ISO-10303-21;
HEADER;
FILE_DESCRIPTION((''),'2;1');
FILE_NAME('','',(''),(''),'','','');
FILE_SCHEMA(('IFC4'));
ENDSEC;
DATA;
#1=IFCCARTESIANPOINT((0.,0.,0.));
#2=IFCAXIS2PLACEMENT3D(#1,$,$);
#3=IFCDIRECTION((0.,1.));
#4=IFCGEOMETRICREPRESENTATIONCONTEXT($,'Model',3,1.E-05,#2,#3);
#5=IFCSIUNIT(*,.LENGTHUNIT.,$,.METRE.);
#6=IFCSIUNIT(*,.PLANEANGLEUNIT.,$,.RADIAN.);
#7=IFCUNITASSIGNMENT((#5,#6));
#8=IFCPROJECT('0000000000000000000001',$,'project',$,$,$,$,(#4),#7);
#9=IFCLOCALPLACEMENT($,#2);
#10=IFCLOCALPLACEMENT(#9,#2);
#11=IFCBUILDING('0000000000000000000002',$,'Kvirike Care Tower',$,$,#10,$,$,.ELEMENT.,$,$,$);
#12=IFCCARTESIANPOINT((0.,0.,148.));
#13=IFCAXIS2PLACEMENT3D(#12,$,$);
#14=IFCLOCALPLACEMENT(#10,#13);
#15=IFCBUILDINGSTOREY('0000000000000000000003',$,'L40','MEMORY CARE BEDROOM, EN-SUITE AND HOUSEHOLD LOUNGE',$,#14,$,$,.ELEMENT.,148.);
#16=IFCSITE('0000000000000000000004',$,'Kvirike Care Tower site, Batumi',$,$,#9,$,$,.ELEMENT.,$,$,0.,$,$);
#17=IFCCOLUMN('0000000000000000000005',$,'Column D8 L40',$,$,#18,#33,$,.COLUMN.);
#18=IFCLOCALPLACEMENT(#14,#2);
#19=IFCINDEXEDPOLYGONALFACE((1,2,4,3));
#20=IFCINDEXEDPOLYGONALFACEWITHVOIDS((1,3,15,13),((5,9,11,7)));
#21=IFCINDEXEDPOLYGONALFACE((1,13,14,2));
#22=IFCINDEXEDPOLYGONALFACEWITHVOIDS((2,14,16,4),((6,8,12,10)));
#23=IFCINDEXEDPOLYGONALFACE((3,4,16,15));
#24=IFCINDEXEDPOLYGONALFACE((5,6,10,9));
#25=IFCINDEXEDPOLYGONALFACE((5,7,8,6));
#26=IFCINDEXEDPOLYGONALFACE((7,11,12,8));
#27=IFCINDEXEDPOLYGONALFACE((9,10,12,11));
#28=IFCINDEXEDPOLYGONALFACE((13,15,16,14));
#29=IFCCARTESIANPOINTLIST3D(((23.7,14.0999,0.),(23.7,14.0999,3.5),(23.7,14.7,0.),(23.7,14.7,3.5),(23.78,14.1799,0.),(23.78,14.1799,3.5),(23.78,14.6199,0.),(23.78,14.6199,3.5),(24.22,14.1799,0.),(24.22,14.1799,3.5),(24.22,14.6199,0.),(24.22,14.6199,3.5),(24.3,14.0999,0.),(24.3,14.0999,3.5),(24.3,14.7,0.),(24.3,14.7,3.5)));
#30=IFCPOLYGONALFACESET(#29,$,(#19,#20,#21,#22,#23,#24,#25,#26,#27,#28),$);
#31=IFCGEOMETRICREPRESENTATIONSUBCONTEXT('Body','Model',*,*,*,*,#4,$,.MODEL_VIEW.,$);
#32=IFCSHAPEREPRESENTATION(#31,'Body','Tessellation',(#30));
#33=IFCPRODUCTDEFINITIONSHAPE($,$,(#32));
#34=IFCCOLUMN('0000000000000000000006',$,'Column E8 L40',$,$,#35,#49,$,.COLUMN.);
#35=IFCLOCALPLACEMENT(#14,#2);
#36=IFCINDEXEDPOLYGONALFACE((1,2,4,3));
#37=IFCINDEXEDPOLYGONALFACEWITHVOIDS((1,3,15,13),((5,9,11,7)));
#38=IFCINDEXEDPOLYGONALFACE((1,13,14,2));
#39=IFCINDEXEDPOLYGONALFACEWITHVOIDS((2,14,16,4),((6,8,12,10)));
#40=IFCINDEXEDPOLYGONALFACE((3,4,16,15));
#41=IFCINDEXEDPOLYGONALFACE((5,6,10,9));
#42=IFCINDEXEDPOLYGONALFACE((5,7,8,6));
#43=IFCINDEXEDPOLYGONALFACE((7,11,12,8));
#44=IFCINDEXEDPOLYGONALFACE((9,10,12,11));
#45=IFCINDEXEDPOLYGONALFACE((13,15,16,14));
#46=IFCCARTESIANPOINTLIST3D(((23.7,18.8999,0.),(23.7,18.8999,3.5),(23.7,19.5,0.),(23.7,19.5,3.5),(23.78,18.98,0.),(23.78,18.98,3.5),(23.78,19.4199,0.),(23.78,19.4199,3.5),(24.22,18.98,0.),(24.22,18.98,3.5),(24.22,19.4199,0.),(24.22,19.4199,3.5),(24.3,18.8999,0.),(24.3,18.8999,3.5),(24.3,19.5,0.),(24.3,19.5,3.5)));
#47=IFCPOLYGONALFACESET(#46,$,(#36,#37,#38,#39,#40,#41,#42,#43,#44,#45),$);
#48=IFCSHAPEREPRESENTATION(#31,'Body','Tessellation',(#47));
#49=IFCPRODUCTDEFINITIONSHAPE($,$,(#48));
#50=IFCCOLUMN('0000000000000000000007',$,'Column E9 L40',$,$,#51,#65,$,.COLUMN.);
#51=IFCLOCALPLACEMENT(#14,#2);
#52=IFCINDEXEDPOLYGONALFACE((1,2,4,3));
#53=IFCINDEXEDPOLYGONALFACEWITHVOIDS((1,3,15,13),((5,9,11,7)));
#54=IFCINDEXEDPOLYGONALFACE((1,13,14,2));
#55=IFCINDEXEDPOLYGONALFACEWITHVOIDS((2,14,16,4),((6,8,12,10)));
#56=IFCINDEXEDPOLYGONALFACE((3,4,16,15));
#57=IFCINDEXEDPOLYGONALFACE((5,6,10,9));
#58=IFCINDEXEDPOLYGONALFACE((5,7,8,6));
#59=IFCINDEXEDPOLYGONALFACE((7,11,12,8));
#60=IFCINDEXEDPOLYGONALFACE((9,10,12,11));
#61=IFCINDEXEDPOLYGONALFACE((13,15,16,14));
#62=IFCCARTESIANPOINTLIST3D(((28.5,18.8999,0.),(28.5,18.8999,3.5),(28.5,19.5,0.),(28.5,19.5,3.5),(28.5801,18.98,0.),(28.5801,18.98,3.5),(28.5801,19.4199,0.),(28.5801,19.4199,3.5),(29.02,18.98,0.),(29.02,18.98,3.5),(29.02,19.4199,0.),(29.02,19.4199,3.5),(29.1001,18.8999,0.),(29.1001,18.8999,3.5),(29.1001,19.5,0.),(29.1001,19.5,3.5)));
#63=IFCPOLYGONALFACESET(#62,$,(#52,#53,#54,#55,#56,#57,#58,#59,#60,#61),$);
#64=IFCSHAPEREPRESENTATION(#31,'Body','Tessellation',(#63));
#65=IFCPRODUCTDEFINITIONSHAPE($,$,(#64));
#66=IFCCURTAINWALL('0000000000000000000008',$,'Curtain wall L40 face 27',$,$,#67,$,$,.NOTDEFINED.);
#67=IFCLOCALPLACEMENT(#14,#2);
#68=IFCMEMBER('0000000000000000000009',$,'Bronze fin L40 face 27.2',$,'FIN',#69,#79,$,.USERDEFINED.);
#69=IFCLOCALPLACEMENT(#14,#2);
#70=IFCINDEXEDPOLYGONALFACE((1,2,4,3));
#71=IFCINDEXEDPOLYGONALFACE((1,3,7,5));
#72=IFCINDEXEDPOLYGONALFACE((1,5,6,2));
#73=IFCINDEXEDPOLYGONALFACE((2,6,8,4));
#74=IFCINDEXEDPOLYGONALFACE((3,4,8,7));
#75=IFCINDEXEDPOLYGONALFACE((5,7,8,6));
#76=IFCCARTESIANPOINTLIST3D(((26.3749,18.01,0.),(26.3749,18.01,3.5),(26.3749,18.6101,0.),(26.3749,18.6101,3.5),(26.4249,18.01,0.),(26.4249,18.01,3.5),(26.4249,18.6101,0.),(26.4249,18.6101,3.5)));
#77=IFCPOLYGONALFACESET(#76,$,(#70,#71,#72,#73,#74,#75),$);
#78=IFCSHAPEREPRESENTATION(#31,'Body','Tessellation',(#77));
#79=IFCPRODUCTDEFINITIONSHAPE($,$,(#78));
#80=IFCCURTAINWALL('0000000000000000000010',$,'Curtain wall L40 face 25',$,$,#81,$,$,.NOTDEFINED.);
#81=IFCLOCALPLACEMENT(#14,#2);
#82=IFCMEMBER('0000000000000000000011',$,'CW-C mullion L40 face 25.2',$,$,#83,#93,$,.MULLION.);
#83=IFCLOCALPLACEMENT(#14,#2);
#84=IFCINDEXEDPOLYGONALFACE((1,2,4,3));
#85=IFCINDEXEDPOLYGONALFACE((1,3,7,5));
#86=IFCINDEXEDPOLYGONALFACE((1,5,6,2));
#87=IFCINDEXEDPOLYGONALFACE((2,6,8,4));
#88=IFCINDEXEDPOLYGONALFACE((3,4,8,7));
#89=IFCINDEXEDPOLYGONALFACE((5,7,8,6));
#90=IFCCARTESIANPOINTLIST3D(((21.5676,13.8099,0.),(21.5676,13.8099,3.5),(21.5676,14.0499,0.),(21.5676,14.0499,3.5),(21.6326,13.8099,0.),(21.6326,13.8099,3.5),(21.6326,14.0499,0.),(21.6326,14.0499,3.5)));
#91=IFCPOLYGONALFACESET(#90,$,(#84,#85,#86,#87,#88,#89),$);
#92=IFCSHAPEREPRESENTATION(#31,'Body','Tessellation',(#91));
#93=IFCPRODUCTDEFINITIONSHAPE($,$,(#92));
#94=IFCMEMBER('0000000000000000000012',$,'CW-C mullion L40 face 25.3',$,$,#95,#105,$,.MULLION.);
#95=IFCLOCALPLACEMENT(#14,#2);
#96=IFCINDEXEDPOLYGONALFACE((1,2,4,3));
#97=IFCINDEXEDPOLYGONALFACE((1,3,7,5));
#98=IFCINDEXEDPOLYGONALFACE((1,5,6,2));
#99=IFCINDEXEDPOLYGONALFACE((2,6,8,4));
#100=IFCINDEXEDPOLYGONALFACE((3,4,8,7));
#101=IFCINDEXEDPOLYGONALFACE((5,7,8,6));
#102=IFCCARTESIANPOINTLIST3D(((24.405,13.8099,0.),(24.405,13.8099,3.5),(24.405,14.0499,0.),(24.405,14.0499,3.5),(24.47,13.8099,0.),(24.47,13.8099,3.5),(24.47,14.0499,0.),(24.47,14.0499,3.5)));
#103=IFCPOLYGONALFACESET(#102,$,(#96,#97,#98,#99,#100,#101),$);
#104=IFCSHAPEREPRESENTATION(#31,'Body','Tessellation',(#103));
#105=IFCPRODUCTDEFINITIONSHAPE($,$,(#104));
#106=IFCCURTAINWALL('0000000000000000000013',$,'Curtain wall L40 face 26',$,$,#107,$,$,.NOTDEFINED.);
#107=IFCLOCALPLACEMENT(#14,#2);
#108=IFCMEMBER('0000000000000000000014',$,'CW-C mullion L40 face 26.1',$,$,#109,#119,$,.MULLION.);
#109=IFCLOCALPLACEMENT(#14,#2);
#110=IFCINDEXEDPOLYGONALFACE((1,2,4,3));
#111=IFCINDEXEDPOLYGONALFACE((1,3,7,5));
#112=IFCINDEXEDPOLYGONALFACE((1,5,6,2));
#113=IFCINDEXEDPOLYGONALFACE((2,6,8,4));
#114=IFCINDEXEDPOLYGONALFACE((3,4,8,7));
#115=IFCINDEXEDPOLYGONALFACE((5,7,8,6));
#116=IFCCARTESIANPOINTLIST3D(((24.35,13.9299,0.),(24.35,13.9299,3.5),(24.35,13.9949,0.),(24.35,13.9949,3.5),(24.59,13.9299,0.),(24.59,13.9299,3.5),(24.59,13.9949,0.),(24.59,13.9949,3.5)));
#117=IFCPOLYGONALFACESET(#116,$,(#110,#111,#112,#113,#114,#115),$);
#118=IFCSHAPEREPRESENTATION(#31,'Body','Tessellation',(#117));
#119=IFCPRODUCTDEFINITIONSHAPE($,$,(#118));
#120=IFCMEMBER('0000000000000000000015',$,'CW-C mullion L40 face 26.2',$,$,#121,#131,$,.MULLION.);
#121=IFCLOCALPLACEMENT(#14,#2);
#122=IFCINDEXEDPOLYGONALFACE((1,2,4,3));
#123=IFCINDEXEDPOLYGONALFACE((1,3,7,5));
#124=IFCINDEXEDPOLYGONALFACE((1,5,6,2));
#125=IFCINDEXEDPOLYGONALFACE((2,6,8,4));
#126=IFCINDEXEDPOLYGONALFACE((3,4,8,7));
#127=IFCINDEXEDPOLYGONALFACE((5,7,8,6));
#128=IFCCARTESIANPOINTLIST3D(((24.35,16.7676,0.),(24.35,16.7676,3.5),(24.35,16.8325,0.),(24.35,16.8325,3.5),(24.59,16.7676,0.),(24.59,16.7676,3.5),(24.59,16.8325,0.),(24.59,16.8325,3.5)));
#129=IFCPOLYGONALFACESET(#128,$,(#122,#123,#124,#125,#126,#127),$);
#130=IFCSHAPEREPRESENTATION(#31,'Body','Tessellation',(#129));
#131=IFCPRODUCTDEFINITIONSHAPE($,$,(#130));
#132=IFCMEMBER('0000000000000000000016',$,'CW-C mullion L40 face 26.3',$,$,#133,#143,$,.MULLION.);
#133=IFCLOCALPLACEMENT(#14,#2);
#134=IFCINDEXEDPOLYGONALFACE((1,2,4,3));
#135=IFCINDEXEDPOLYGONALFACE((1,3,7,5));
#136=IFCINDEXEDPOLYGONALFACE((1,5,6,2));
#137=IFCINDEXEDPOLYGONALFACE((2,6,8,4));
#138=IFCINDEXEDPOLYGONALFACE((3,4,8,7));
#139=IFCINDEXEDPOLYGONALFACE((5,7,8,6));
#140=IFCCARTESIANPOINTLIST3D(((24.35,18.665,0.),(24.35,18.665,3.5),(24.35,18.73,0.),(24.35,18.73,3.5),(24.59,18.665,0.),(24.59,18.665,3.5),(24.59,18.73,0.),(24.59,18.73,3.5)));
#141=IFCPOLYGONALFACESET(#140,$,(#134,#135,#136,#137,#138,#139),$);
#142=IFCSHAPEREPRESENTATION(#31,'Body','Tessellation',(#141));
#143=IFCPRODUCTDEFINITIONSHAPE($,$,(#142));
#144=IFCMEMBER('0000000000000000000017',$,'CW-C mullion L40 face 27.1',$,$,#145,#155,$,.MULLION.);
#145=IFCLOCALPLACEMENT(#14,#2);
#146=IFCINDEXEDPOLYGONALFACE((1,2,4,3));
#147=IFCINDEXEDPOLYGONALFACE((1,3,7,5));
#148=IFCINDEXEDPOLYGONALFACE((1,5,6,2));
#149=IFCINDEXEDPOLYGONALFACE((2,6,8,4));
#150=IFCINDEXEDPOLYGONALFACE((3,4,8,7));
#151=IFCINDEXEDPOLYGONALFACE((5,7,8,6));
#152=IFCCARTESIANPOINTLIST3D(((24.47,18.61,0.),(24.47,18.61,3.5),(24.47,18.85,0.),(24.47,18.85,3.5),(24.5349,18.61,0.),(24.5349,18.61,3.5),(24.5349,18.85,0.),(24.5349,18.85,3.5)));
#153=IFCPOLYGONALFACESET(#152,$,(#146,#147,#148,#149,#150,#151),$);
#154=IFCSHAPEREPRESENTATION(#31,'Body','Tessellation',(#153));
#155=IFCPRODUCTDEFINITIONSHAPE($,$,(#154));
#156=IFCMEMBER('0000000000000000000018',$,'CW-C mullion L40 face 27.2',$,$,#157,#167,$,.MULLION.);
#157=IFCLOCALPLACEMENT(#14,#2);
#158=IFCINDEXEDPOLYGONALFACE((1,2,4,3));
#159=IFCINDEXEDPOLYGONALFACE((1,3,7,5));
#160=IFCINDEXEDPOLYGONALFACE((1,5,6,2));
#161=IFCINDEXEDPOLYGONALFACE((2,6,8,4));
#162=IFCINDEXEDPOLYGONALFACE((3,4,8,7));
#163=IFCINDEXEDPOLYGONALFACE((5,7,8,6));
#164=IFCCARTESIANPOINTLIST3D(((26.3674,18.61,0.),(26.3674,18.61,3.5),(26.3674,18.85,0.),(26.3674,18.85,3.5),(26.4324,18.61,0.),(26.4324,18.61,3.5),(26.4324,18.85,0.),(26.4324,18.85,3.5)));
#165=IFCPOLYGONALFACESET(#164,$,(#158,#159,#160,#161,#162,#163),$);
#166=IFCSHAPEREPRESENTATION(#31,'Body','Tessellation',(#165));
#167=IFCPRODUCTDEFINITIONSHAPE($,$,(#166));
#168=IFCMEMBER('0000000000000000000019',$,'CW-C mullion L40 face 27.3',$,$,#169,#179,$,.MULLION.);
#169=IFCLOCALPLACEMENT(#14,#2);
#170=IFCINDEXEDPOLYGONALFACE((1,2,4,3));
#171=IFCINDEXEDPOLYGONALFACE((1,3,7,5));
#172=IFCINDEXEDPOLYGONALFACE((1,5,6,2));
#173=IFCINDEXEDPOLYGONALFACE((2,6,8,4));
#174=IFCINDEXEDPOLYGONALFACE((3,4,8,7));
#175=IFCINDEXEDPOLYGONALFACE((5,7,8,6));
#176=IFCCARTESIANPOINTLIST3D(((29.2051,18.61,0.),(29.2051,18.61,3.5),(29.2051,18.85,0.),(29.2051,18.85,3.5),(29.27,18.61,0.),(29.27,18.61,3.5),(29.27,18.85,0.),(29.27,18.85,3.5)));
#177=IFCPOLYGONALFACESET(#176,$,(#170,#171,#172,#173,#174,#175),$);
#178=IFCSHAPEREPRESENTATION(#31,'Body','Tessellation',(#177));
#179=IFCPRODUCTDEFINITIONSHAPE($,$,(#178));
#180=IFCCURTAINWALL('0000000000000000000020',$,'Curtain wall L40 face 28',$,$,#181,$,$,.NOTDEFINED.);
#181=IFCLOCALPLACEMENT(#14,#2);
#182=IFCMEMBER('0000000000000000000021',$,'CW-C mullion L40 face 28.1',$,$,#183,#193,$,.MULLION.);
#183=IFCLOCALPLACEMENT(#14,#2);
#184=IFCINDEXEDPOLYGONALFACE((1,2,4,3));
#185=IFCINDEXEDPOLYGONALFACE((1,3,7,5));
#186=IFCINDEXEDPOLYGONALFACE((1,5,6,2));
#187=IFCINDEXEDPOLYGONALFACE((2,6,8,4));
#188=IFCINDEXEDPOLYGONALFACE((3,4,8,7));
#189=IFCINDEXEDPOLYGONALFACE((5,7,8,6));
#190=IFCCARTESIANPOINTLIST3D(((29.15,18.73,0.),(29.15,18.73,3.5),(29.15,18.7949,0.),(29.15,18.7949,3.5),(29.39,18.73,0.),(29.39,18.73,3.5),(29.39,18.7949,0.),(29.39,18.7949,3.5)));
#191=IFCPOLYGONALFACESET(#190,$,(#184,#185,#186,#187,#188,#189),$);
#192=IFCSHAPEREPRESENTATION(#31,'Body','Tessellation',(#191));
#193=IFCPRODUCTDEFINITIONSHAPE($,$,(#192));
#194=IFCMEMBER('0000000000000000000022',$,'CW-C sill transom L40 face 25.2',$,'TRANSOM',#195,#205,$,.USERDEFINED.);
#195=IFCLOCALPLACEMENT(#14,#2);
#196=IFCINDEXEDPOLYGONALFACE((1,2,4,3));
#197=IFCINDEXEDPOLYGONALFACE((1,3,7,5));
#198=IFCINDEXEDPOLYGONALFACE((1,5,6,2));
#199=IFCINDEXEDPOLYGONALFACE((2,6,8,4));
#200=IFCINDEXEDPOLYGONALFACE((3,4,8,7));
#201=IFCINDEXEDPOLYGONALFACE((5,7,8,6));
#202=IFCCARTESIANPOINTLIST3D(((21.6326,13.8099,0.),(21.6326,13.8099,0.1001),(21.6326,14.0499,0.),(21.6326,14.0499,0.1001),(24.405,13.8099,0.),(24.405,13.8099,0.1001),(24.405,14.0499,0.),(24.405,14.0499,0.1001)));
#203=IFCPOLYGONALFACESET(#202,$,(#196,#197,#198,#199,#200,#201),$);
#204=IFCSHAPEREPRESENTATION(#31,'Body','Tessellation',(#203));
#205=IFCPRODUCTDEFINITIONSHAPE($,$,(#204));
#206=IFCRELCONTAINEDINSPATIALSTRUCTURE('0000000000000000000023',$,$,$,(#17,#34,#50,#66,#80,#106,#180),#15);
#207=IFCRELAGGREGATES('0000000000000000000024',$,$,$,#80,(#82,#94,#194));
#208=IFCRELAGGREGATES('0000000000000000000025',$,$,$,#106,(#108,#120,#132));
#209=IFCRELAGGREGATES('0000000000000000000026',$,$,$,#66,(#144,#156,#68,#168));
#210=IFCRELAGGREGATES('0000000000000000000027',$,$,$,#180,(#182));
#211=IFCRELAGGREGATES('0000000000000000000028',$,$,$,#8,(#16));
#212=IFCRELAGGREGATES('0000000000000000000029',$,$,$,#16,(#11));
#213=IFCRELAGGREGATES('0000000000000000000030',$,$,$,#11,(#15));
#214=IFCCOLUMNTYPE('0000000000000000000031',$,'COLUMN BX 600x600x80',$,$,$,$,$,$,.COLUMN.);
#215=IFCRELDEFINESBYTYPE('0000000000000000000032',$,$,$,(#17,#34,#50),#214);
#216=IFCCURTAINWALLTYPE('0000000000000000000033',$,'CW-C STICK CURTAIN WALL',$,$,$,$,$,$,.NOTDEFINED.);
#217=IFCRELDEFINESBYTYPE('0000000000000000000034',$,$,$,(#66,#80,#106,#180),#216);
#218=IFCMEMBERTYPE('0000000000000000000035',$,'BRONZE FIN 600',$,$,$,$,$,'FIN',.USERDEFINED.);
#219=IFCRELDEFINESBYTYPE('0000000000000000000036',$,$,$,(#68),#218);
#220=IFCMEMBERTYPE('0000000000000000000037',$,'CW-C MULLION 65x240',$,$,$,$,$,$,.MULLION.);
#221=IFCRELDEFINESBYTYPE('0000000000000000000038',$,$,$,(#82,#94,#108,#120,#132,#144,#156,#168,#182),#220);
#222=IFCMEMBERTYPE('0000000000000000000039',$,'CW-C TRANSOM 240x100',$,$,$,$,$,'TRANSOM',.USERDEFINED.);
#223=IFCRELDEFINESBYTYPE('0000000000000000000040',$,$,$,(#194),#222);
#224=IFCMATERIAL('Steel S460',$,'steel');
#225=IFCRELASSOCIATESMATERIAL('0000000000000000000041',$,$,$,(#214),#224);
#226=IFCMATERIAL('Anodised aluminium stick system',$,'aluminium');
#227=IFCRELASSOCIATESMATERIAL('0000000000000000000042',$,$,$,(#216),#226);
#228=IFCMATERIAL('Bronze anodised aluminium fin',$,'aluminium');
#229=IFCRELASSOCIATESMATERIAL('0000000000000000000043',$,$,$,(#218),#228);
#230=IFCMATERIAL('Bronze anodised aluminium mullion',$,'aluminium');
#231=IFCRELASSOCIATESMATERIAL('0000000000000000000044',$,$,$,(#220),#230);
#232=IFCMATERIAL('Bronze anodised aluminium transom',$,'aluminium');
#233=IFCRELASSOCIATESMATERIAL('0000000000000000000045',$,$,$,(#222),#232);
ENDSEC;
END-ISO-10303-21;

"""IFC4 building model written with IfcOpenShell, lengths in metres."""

from ifc_helpers import new_model, si_unit, direction, frame, origin, origin_2d, place, context, subcontext, project, spatial, rectangle, hollow_rectangle, extrude, material, material_profile, profile_set, type_object, element, aggregate, save


model = new_model("IFC4")

# Units and contexts
model_context = context("Model", 3, precision=1e-05, world=origin(), true_north=direction((0.0, 1.0)))
body_context = subcontext(model_context, "Body", "Model", "MODEL_VIEW")
ifc_project = project(units=[si_unit("LENGTHUNIT", "METRE"), si_unit("PLANEANGLEUNIT", "RADIAN")], contexts=[model_context])

# Site, building, storey
site_placement = place(None, origin())
site = spatial("IfcSite", under=ifc_project, at=site_placement, Name="Kvirike Care Tower site, Batumi", CompositionType="ELEMENT", RefElevation=0.0)
building_placement = place(site_placement, origin())
building = spatial("IfcBuilding", under=site, at=building_placement, Name="Kvirike Care Tower", CompositionType="ELEMENT")
storey_placement = place(building_placement, frame((0.0, 0.0, 148.0)))
storey = spatial("IfcBuildingStorey", under=building, at=storey_placement, Name="L40", Description="MEMORY CARE BEDROOM, EN-SUITE AND HOUSEHOLD LOUNGE", CompositionType="ELEMENT", Elevation=148.0)

# Columns
ifc_material_1 = material(Name="Steel S460", Category="steel")
ifc_material_profile_1 = material_profile(ifc_material_1, hollow_rectangle(XDim=0.6001, YDim=0.6001, WallThickness=0.0801, at=origin_2d()), Name="BX 600x600x80")
ifc_profile_set_1 = profile_set([ifc_material_profile_1], Name="Steel S460")
column_type = type_object("IfcColumnType", Name="COLUMN BX 600x600x80", PredefinedType="COLUMN", material=ifc_profile_set_1)
for number, where, z_axis, x_axis, name in (
    (1, (24.0, 14.3999, 0.0), (0.0, 0.0, 1.0), (0.0, 1.0, 0.0), "Column D8 L40"),
    (2, (24.0, 19.2, 0.0), (0.0, 0.0, 1.0), (0.0, 1.0, 0.0), "Column E8 L40"),
    (3, (28.8, 19.2, 0.0), (0.0, 0.0, 1.0), (0.0, 1.0, 0.0), "Column E9 L40"),
):
    element("IfcColumn", number, at=place(storey_placement, frame(where, z_axis=z_axis, x_axis=x_axis)), inside=storey, type_object=column_type, Name=name, PredefinedType="COLUMN", context=body_context, shape_type="SweptSolid", body=[
        extrude(hollow_rectangle(XDim=0.6001, YDim=0.6001, WallThickness=0.0801, at=origin_2d()), origin(), (0.0, 0.0, 1.0), 3.5),
    ])

# Curtain wall, member
ifc_material_2 = material(Name="Anodised aluminium stick system", Category="aluminium")
curtain_wall_type = type_object("IfcCurtainWallType", Name="CW-C STICK CURTAIN WALL", PredefinedType="NOTDEFINED", material=ifc_material_2)
curtain_wall_1_placement = place(storey_placement, origin())
curtain_wall_1 = element("IfcCurtainWall", 4, at=curtain_wall_1_placement, inside=storey, type_object=curtain_wall_type, Name="Curtain wall L40 face 27", PredefinedType="NOTDEFINED")
ifc_material_3 = material(Name="Bronze anodised aluminium fin", Category="aluminium")
ifc_material_profile_2 = material_profile(ifc_material_3, rectangle(XDim=0.05, YDim=0.6001, at=origin_2d()), Name="BRONZE FIN 600")
ifc_profile_set_2 = profile_set([ifc_material_profile_2], Name="Bronze anodised aluminium fin")
member_type_1 = type_object("IfcMemberType", Name="BRONZE FIN 600", ElementType="FIN", PredefinedType="USERDEFINED", material=ifc_profile_set_2)
member_1_placement = place(storey_placement, frame((26.3999, 18.3101, 0.0), z_axis=(0.0, 0.0, 1.0), x_axis=(1.0, 0.0, 0.0)))
member_1 = element("IfcMember", 5, at=member_1_placement, type_object=member_type_1, Name="Bronze fin L40 face 27.2", ObjectType="FIN", PredefinedType="USERDEFINED", context=body_context, shape_type="SweptSolid", body=[
    extrude(rectangle(XDim=0.05, YDim=0.6001, at=origin_2d()), origin(), (0.0, 0.0, 1.0), 3.5),
])

# Curtain walls, members
curtain_wall_2_placement = place(storey_placement, origin())
curtain_wall_2 = element("IfcCurtainWall", 6, at=curtain_wall_2_placement, inside=storey, type_object=curtain_wall_type, Name="Curtain wall L40 face 25", PredefinedType="NOTDEFINED")
ifc_material_4 = material(Name="Bronze anodised aluminium mullion", Category="aluminium")
ifc_material_profile_3 = material_profile(ifc_material_4, rectangle(XDim=0.0649, YDim=0.24, at=origin_2d()), Name="CW-C MULLION 65x240")
ifc_profile_set_3 = profile_set([ifc_material_profile_3], Name="Bronze anodised aluminium mullion")
member_type_2 = type_object("IfcMemberType", Name="CW-C MULLION 65x240", PredefinedType="MULLION", material=ifc_profile_set_3)
member_2_placement = place(storey_placement, frame((21.6001, 13.9299, 0.0), z_axis=(0.0, 0.0, 1.0), x_axis=(1.0, 0.0, 0.0)))
member_2 = element("IfcMember", 7, at=member_2_placement, type_object=member_type_2, Name="CW-C mullion L40 face 25.2", PredefinedType="MULLION", context=body_context, shape_type="SweptSolid", body=[
    extrude(rectangle(XDim=0.0649, YDim=0.24, at=origin_2d()), origin(), (0.0, 0.0, 1.0), 3.5),
])
member_3_placement = place(storey_placement, frame((24.4375, 13.9299, 0.0), z_axis=(0.0, 0.0, 1.0), x_axis=(1.0, 0.0, 0.0)))
member_3 = element("IfcMember", 8, at=member_3_placement, type_object=member_type_2, Name="CW-C mullion L40 face 25.3", PredefinedType="MULLION", context=body_context, shape_type="SweptSolid", body=[
    extrude(rectangle(XDim=0.0649, YDim=0.24, at=origin_2d()), origin(), (0.0, 0.0, 1.0), 3.5),
])
curtain_wall_3_placement = place(storey_placement, origin())
curtain_wall_3 = element("IfcCurtainWall", 9, at=curtain_wall_3_placement, inside=storey, type_object=curtain_wall_type, Name="Curtain wall L40 face 26", PredefinedType="NOTDEFINED")
member_4_placement = place(storey_placement, frame((24.47, 13.9624, 0.0), z_axis=(0.0, 0.0, 1.0), x_axis=(0.0, 1.0, 0.0)))
member_4 = element("IfcMember", 10, at=member_4_placement, type_object=member_type_2, Name="CW-C mullion L40 face 26.1", PredefinedType="MULLION", context=body_context, shape_type="SweptSolid", body=[
    extrude(rectangle(XDim=0.0649, YDim=0.24, at=origin_2d()), origin(), (0.0, 0.0, 1.0), 3.5),
])
member_5_placement = place(storey_placement, frame((24.47, 16.8, 0.0), z_axis=(0.0, 0.0, 1.0), x_axis=(0.0, 1.0, 0.0)))
member_5 = element("IfcMember", 11, at=member_5_placement, type_object=member_type_2, Name="CW-C mullion L40 face 26.2", PredefinedType="MULLION", context=body_context, shape_type="SweptSolid", body=[
    extrude(rectangle(XDim=0.0649, YDim=0.24, at=origin_2d()), origin(), (0.0, 0.0, 1.0), 3.5),
])
member_6_placement = place(storey_placement, frame((24.47, 18.6975, 0.0), z_axis=(0.0, 0.0, 1.0), x_axis=(0.0, 1.0, 0.0)))
member_6 = element("IfcMember", 12, at=member_6_placement, type_object=member_type_2, Name="CW-C mullion L40 face 26.3", PredefinedType="MULLION", context=body_context, shape_type="SweptSolid", body=[
    extrude(rectangle(XDim=0.0649, YDim=0.24, at=origin_2d()), origin(), (0.0, 0.0, 1.0), 3.5),
])

# Members
member_7_placement = place(storey_placement, frame((24.5024, 18.73, 0.0), z_axis=(0.0, 0.0, 1.0), x_axis=(1.0, 0.0, 0.0)))
member_7 = element("IfcMember", 13, at=member_7_placement, type_object=member_type_2, Name="CW-C mullion L40 face 27.1", PredefinedType="MULLION", context=body_context, shape_type="SweptSolid", body=[
    extrude(rectangle(XDim=0.0649, YDim=0.24, at=origin_2d()), origin(), (0.0, 0.0, 1.0), 3.5),
])
member_8_placement = place(storey_placement, frame((26.3999, 18.73, 0.0), z_axis=(0.0, 0.0, 1.0), x_axis=(1.0, 0.0, 0.0)))
member_8 = element("IfcMember", 14, at=member_8_placement, type_object=member_type_2, Name="CW-C mullion L40 face 27.2", PredefinedType="MULLION", context=body_context, shape_type="SweptSolid", body=[
    extrude(rectangle(XDim=0.0649, YDim=0.24, at=origin_2d()), origin(), (0.0, 0.0, 1.0), 3.5),
])
member_9_placement = place(storey_placement, frame((29.2375, 18.73, 0.0), z_axis=(0.0, 0.0, 1.0), x_axis=(1.0, 0.0, 0.0)))
member_9 = element("IfcMember", 15, at=member_9_placement, type_object=member_type_2, Name="CW-C mullion L40 face 27.3", PredefinedType="MULLION", context=body_context, shape_type="SweptSolid", body=[
    extrude(rectangle(XDim=0.0649, YDim=0.24, at=origin_2d()), origin(), (0.0, 0.0, 1.0), 3.5),
])

# Curtain wall, member
curtain_wall_4_placement = place(storey_placement, origin())
curtain_wall_4 = element("IfcCurtainWall", 16, at=curtain_wall_4_placement, inside=storey, type_object=curtain_wall_type, Name="Curtain wall L40 face 28", PredefinedType="NOTDEFINED")
member_10_placement = place(storey_placement, frame((29.27, 18.7625, 0.0), z_axis=(0.0, 0.0, 1.0), x_axis=(0.0, 1.0, 0.0)))
member_10 = element("IfcMember", 17, at=member_10_placement, type_object=member_type_2, Name="CW-C mullion L40 face 28.1", PredefinedType="MULLION", context=body_context, shape_type="SweptSolid", body=[
    extrude(rectangle(XDim=0.0649, YDim=0.24, at=origin_2d()), origin(), (0.0, 0.0, 1.0), 3.5),
])

# Member
ifc_material_5 = material(Name="Bronze anodised aluminium transom", Category="aluminium")
ifc_material_profile_4 = material_profile(ifc_material_5, rectangle(XDim=0.24, YDim=0.1001, at=origin_2d()), Name="CW-C TRANSOM 240x100")
ifc_profile_set_4 = profile_set([ifc_material_profile_4], Name="Bronze anodised aluminium transom")
member_type_3 = type_object("IfcMemberType", Name="CW-C TRANSOM 240x100", ElementType="TRANSOM", PredefinedType="USERDEFINED", material=ifc_profile_set_4)
member_11_placement = place(storey_placement, frame((21.6326, 13.9299, 0.05), z_axis=(1.0, 0.0, 0.0), x_axis=(0.0, 1.0, 0.0)))
member_11 = element("IfcMember", 18, at=member_11_placement, type_object=member_type_3, Name="CW-C sill transom L40 face 25.2", ObjectType="TRANSOM", PredefinedType="USERDEFINED", context=body_context, shape_type="SweptSolid", body=[
    extrude(rectangle(XDim=0.24, YDim=0.1001, at=origin_2d()), origin(), (0.0, 0.0, 1.0), 2.7725),
])

aggregate(curtain_wall_2, [member_2, member_3, member_11])
aggregate(curtain_wall_3, [member_4, member_5, member_6])
aggregate(curtain_wall_1, [member_7, member_8, member_1, member_9])
aggregate(curtain_wall_4, [member_10])

save(model, "model.ifc")
